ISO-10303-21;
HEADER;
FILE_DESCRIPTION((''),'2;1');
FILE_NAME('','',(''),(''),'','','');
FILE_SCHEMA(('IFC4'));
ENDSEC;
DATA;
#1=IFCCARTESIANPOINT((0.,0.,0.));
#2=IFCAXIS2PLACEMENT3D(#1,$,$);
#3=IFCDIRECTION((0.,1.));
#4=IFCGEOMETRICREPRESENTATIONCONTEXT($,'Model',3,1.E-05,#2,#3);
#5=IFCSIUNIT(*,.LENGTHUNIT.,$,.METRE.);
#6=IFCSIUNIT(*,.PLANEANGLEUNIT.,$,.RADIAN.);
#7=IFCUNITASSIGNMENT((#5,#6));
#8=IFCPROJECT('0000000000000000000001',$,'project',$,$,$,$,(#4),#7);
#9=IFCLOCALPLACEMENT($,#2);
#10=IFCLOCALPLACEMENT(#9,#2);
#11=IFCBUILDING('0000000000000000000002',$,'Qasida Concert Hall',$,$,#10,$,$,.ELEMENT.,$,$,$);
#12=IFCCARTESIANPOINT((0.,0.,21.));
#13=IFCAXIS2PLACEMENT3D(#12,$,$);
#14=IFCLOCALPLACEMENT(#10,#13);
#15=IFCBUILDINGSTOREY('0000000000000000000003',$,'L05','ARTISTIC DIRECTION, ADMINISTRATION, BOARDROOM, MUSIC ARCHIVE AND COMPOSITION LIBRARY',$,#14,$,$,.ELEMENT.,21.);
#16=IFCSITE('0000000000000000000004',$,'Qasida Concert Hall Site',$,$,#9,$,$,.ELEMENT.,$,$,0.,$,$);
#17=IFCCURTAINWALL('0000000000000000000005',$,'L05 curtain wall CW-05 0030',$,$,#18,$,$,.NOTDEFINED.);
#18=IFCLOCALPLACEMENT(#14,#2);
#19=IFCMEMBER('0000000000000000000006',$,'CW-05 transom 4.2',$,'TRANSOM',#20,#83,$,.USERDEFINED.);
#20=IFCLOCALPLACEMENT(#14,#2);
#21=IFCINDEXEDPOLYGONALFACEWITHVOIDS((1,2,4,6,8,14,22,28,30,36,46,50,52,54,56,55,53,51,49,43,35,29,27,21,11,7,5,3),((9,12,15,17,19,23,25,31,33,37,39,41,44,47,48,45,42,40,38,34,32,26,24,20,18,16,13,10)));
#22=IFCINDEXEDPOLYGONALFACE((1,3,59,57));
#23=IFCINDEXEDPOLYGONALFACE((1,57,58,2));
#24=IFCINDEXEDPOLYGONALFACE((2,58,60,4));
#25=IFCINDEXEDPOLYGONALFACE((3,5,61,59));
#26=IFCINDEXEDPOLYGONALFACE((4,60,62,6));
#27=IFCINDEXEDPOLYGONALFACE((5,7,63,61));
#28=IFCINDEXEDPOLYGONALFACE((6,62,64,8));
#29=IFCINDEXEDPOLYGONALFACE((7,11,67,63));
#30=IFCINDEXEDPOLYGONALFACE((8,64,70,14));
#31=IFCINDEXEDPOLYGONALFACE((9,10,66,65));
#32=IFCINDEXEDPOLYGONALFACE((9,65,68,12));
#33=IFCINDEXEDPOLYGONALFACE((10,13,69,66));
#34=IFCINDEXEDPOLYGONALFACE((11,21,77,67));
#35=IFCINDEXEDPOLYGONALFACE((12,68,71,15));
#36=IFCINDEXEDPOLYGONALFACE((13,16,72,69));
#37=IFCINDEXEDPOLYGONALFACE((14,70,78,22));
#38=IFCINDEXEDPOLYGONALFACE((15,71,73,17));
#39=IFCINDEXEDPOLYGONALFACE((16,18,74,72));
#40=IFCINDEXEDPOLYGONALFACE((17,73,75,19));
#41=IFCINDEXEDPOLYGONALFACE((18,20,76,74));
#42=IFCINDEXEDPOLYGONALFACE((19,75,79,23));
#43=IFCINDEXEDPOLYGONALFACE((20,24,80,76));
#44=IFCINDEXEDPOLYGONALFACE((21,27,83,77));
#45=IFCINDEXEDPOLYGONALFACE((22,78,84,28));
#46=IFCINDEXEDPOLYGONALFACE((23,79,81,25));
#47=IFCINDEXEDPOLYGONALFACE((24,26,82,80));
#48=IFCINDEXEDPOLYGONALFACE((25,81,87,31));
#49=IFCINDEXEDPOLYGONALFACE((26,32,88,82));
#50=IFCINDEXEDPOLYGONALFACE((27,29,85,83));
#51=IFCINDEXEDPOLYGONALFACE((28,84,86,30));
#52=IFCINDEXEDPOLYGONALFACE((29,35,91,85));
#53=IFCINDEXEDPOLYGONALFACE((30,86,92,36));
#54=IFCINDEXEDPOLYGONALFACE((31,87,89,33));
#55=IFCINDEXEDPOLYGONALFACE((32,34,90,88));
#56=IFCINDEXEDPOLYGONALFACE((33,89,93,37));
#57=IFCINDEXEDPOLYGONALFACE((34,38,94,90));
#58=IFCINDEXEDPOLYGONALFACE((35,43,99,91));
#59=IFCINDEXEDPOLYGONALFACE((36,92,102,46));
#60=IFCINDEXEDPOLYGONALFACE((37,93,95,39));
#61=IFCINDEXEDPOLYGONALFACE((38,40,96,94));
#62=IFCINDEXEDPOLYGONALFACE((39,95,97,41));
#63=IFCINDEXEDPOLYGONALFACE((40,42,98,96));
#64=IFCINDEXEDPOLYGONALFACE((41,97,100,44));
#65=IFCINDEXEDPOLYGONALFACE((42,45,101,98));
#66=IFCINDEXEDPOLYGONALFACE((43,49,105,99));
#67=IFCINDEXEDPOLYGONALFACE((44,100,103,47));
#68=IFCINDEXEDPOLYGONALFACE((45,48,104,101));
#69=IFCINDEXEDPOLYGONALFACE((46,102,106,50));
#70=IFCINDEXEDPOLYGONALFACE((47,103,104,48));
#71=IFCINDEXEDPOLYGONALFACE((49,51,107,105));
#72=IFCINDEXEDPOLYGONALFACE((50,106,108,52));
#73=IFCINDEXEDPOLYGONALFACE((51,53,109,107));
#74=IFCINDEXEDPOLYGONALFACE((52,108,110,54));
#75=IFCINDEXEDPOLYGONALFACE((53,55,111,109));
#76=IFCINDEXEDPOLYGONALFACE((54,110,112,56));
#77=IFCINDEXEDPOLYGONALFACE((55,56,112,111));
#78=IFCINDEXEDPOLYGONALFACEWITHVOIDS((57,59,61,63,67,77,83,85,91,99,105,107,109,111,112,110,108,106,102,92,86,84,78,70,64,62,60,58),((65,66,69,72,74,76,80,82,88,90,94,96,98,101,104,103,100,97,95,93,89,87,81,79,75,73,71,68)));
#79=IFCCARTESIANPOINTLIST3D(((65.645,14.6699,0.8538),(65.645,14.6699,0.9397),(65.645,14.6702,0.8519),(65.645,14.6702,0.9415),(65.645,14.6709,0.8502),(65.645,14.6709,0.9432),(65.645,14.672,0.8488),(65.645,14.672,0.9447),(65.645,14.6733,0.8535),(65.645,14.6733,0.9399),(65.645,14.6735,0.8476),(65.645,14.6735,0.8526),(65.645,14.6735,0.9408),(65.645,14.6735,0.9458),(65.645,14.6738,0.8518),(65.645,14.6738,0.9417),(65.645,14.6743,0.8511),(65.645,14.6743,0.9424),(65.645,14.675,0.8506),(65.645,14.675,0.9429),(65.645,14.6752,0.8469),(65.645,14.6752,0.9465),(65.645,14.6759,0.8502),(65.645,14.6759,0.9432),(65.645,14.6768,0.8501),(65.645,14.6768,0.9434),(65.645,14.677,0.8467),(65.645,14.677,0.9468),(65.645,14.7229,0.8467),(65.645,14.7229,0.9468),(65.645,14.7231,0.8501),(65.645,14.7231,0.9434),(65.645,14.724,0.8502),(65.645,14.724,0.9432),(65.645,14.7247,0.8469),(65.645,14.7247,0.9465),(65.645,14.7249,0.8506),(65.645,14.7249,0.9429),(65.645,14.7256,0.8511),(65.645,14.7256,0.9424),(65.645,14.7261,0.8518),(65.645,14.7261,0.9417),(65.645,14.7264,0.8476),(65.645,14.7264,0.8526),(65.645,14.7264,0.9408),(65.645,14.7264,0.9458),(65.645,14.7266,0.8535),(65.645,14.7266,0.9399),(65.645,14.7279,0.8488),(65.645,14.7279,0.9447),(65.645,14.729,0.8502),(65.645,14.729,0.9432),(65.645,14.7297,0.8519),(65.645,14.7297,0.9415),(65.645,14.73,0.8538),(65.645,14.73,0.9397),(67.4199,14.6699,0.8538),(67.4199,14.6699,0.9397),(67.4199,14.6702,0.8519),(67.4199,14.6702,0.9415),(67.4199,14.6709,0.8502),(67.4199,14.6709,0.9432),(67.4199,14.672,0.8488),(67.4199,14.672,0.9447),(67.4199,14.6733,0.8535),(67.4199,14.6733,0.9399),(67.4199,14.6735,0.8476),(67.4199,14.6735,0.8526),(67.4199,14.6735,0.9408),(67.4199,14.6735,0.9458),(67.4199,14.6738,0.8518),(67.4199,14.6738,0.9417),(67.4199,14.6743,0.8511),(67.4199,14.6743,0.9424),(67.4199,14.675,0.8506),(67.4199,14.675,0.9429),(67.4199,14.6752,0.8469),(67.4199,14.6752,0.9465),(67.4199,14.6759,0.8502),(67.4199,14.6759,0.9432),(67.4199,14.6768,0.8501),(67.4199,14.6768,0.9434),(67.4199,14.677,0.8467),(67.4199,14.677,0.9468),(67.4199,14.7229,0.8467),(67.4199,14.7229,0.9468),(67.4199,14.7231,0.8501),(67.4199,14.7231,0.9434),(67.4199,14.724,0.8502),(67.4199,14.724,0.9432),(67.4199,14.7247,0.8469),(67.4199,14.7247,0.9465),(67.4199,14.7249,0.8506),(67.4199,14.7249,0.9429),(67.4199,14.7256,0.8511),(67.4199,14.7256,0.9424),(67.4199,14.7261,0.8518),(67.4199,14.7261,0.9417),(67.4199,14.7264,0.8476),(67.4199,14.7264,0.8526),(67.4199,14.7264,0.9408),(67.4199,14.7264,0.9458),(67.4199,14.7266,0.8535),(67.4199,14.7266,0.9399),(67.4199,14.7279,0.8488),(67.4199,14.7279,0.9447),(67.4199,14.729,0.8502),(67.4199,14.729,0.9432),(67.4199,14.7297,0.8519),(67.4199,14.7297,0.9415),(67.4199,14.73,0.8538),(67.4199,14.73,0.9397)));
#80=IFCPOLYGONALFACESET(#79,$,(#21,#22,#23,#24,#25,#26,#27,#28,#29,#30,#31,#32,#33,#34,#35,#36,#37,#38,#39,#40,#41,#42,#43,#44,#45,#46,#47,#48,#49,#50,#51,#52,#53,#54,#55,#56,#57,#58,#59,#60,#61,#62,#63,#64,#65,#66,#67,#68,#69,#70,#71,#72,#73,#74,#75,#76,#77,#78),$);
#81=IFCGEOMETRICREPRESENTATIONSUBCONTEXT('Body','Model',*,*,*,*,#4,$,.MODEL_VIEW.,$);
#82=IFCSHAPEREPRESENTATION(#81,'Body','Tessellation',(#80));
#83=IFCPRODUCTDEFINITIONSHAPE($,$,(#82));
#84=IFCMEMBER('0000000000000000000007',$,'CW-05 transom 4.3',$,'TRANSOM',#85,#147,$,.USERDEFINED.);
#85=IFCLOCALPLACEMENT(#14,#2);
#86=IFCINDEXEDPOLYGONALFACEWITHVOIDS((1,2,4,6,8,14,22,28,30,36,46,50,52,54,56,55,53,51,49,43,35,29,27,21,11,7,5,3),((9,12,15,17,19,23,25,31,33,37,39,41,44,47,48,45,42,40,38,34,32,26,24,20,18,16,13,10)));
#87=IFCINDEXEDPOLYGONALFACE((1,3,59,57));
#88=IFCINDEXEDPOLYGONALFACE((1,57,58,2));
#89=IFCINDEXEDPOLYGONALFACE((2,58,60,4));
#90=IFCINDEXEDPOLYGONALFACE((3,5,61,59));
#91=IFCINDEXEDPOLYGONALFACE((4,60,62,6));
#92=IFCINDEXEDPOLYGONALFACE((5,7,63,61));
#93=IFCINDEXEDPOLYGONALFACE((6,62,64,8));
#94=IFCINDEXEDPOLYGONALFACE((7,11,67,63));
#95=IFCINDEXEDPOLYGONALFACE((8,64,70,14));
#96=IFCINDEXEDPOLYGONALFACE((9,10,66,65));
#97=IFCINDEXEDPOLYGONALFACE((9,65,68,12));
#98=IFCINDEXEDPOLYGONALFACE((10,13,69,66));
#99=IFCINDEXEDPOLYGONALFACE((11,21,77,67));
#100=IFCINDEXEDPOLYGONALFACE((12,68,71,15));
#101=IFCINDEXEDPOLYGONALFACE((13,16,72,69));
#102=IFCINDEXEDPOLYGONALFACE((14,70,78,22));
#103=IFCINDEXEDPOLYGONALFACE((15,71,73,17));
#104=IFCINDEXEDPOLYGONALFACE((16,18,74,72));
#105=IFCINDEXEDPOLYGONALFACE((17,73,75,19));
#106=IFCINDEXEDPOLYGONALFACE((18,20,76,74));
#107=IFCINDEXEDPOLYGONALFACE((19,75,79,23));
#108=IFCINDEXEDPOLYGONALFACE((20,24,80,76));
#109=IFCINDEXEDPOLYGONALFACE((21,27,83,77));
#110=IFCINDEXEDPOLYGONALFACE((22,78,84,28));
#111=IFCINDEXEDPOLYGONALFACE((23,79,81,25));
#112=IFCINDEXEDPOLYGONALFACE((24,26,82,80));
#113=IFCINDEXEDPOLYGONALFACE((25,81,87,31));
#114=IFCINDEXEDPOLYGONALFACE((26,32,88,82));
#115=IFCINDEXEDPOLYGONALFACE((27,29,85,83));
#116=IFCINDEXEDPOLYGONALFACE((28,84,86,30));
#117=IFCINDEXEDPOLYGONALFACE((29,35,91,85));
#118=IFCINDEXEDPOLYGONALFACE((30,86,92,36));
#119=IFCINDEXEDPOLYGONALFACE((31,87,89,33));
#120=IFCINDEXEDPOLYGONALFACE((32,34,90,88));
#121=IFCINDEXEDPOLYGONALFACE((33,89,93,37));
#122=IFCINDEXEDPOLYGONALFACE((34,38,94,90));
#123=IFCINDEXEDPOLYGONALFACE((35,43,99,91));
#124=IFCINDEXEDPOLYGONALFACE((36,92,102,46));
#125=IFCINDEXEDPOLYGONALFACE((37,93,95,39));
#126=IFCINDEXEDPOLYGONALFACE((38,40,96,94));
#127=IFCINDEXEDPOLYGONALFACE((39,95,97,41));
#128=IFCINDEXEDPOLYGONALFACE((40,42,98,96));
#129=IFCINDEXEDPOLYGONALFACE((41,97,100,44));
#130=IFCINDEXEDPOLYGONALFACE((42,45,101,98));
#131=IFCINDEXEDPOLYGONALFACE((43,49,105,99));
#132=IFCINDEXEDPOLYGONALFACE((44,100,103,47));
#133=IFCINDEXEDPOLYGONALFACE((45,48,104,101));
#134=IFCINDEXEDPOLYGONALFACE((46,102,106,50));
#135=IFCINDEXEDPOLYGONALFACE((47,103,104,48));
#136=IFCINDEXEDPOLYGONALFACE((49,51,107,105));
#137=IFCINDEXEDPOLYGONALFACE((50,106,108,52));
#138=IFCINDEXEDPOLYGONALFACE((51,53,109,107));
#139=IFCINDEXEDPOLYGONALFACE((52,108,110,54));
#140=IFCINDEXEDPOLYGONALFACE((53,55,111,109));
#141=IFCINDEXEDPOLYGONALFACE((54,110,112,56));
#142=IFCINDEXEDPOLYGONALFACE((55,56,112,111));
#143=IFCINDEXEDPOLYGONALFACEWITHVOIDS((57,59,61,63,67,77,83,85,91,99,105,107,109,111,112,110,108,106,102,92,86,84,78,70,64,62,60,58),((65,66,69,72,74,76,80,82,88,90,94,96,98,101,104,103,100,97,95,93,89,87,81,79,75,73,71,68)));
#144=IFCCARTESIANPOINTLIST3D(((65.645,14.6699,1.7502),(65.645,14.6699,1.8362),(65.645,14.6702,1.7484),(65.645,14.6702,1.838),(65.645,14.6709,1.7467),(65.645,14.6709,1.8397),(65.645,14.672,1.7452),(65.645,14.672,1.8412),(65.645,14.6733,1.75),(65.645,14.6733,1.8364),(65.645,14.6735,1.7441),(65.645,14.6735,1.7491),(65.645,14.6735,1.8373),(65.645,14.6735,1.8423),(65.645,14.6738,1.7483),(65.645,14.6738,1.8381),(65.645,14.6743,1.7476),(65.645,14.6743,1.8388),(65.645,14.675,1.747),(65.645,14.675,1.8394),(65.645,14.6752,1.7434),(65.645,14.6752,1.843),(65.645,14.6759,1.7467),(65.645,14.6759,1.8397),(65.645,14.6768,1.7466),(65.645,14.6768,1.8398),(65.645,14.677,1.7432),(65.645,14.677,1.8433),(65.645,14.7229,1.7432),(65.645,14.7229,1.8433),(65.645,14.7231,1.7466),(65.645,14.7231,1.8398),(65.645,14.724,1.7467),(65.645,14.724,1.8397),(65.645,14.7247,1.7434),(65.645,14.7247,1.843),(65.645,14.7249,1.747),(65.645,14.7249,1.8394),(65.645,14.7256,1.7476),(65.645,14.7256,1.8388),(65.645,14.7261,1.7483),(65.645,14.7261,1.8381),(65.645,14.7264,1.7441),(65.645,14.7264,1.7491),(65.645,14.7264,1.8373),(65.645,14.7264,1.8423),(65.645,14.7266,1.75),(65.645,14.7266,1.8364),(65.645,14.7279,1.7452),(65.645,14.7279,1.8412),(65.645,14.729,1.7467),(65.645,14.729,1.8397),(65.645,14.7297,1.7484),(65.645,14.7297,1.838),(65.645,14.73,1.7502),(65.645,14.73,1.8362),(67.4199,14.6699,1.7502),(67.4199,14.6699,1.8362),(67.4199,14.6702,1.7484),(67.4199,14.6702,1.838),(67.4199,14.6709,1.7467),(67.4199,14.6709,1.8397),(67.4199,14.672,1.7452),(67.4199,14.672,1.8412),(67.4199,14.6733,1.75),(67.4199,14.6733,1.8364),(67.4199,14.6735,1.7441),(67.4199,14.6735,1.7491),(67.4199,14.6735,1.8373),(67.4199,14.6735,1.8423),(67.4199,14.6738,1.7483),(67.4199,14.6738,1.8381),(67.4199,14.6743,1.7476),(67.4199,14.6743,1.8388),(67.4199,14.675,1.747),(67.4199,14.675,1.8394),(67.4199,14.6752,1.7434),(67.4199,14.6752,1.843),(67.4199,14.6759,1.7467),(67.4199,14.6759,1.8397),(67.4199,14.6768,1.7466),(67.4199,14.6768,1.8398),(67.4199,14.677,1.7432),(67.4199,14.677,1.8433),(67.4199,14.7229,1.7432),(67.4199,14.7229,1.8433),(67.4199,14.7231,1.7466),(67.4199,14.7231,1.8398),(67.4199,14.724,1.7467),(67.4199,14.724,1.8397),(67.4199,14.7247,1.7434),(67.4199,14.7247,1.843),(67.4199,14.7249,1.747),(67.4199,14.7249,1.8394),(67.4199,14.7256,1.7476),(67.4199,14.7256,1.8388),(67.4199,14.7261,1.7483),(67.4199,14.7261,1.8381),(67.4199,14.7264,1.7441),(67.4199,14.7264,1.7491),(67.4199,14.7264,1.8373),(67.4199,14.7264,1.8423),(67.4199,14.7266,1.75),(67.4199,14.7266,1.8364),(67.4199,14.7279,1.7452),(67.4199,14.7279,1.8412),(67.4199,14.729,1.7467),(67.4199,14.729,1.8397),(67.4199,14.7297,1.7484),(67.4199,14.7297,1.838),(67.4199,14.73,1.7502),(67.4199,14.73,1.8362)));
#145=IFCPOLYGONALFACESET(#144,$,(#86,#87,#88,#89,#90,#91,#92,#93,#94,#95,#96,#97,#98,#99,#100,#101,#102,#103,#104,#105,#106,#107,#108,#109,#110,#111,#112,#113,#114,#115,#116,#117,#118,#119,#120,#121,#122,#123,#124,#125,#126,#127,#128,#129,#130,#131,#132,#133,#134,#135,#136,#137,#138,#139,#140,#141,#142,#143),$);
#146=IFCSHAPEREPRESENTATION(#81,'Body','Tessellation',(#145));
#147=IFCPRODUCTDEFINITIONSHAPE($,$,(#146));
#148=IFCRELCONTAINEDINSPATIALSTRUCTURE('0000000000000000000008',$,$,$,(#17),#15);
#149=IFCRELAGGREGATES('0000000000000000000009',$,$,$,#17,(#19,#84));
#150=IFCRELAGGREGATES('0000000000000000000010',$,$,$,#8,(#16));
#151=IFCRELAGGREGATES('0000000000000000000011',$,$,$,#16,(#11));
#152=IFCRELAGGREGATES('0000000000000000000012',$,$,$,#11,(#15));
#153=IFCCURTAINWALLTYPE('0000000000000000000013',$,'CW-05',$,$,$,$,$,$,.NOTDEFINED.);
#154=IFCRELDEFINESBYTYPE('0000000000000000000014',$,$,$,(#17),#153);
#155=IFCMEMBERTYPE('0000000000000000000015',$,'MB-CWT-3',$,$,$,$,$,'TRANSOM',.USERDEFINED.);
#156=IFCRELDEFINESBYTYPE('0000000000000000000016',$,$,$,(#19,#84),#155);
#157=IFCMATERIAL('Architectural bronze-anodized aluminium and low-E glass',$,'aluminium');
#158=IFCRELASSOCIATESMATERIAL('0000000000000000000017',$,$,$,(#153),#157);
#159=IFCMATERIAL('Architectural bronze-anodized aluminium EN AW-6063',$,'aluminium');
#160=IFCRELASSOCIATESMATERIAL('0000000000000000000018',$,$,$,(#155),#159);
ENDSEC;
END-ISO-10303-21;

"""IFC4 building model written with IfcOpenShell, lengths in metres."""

from ifc_helpers import new_model, si_unit, direction, frame, origin, origin_2d, place, context, subcontext, project, spatial, hollow_rectangle, extrude, material, material_profile, profile_set, type_object, element, aggregate, save


model = new_model("IFC4")

# Units and contexts
model_context = context("Model", 3, precision=1e-05, world=origin(), true_north=direction((0.0, 1.0)))
body_context = subcontext(model_context, "Body", "Model", "MODEL_VIEW")
ifc_project = project(units=[si_unit("LENGTHUNIT", "METRE"), si_unit("PLANEANGLEUNIT", "RADIAN")], contexts=[model_context])

# Site, building, storey
site_placement = place(None, origin())
site = spatial("IfcSite", under=ifc_project, at=site_placement, Name="Qasida Concert Hall Site", CompositionType="ELEMENT", RefElevation=0.0)
building_placement = place(site_placement, origin())
building = spatial("IfcBuilding", under=site, at=building_placement, Name="Qasida Concert Hall", CompositionType="ELEMENT")
storey_placement = place(building_placement, frame((0.0, 0.0, 21.0)))
storey = spatial("IfcBuildingStorey", under=building, at=storey_placement, Name="L05", Description="ARTISTIC DIRECTION, ADMINISTRATION, BOARDROOM, MUSIC ARCHIVE AND COMPOSITION LIBRARY", CompositionType="ELEMENT", Elevation=21.0)

# Curtain wall
ifc_material_1 = material(Name="Architectural bronze-anodized aluminium and low-E glass", Category="aluminium")
curtain_wall_type = type_object("IfcCurtainWallType", Name="CW-05", PredefinedType="NOTDEFINED", material=ifc_material_1)
curtain_wall_1_placement = place(storey_placement, origin())
curtain_wall_1 = element("IfcCurtainWall", 1, at=curtain_wall_1_placement, inside=storey, type_object=curtain_wall_type, Name="L05 curtain wall CW-05 0030", PredefinedType="NOTDEFINED")
ifc_material_2 = material(Name="Architectural bronze-anodized aluminium EN AW-6063", Category="aluminium")

# Members
ifc_material_profile_1 = material_profile(ifc_material_2, hollow_rectangle(XDim=0.0601, YDim=0.1001, WallThickness=0.0034, InnerFilletRadius=0.0034, OuterFilletRadius=0.0071, at=origin_2d()), Name="CWT 100x60x3.5")
ifc_profile_set_1 = profile_set([ifc_material_profile_1], Name="Architectural bronze-anodized aluminium EN AW-6063")
member_type_1 = type_object("IfcMemberType", Name="MB-CWT-3", ElementType="TRANSOM", PredefinedType="USERDEFINED", material=ifc_profile_set_1)
member_1_placement = place(storey_placement, frame((65.645, 14.7, 0.8967), z_axis=(1.0, 0.0, 0.0), x_axis=(0.0, 1.0, 0.0)))
member_1 = element("IfcMember", 2, at=member_1_placement, type_object=member_type_1, Name="CW-05 transom 4.2", ObjectType="TRANSOM", PredefinedType="USERDEFINED", context=body_context, shape_type="SweptSolid", body=[
    extrude(hollow_rectangle(XDim=0.0601, YDim=0.1001, WallThickness=0.0034, InnerFilletRadius=0.0034, OuterFilletRadius=0.0071, at=origin_2d()), origin(), (0.0, 0.0, 1.0), 1.7749),
])
member_2_placement = place(storey_placement, frame((65.645, 14.7, 1.7932), z_axis=(1.0, 0.0, 0.0), x_axis=(0.0, 1.0, 0.0)))
member_2 = element("IfcMember", 3, at=member_2_placement, type_object=member_type_1, Name="CW-05 transom 4.3", ObjectType="TRANSOM", PredefinedType="USERDEFINED", context=body_context, shape_type="SweptSolid", body=[
    extrude(hollow_rectangle(XDim=0.0601, YDim=0.1001, WallThickness=0.0034, InnerFilletRadius=0.0034, OuterFilletRadius=0.0071, at=origin_2d()), origin(), (0.0, 0.0, 1.0), 1.7749),
])

aggregate(curtain_wall_1, [member_1, member_2])

save(model, "model.ifc")
